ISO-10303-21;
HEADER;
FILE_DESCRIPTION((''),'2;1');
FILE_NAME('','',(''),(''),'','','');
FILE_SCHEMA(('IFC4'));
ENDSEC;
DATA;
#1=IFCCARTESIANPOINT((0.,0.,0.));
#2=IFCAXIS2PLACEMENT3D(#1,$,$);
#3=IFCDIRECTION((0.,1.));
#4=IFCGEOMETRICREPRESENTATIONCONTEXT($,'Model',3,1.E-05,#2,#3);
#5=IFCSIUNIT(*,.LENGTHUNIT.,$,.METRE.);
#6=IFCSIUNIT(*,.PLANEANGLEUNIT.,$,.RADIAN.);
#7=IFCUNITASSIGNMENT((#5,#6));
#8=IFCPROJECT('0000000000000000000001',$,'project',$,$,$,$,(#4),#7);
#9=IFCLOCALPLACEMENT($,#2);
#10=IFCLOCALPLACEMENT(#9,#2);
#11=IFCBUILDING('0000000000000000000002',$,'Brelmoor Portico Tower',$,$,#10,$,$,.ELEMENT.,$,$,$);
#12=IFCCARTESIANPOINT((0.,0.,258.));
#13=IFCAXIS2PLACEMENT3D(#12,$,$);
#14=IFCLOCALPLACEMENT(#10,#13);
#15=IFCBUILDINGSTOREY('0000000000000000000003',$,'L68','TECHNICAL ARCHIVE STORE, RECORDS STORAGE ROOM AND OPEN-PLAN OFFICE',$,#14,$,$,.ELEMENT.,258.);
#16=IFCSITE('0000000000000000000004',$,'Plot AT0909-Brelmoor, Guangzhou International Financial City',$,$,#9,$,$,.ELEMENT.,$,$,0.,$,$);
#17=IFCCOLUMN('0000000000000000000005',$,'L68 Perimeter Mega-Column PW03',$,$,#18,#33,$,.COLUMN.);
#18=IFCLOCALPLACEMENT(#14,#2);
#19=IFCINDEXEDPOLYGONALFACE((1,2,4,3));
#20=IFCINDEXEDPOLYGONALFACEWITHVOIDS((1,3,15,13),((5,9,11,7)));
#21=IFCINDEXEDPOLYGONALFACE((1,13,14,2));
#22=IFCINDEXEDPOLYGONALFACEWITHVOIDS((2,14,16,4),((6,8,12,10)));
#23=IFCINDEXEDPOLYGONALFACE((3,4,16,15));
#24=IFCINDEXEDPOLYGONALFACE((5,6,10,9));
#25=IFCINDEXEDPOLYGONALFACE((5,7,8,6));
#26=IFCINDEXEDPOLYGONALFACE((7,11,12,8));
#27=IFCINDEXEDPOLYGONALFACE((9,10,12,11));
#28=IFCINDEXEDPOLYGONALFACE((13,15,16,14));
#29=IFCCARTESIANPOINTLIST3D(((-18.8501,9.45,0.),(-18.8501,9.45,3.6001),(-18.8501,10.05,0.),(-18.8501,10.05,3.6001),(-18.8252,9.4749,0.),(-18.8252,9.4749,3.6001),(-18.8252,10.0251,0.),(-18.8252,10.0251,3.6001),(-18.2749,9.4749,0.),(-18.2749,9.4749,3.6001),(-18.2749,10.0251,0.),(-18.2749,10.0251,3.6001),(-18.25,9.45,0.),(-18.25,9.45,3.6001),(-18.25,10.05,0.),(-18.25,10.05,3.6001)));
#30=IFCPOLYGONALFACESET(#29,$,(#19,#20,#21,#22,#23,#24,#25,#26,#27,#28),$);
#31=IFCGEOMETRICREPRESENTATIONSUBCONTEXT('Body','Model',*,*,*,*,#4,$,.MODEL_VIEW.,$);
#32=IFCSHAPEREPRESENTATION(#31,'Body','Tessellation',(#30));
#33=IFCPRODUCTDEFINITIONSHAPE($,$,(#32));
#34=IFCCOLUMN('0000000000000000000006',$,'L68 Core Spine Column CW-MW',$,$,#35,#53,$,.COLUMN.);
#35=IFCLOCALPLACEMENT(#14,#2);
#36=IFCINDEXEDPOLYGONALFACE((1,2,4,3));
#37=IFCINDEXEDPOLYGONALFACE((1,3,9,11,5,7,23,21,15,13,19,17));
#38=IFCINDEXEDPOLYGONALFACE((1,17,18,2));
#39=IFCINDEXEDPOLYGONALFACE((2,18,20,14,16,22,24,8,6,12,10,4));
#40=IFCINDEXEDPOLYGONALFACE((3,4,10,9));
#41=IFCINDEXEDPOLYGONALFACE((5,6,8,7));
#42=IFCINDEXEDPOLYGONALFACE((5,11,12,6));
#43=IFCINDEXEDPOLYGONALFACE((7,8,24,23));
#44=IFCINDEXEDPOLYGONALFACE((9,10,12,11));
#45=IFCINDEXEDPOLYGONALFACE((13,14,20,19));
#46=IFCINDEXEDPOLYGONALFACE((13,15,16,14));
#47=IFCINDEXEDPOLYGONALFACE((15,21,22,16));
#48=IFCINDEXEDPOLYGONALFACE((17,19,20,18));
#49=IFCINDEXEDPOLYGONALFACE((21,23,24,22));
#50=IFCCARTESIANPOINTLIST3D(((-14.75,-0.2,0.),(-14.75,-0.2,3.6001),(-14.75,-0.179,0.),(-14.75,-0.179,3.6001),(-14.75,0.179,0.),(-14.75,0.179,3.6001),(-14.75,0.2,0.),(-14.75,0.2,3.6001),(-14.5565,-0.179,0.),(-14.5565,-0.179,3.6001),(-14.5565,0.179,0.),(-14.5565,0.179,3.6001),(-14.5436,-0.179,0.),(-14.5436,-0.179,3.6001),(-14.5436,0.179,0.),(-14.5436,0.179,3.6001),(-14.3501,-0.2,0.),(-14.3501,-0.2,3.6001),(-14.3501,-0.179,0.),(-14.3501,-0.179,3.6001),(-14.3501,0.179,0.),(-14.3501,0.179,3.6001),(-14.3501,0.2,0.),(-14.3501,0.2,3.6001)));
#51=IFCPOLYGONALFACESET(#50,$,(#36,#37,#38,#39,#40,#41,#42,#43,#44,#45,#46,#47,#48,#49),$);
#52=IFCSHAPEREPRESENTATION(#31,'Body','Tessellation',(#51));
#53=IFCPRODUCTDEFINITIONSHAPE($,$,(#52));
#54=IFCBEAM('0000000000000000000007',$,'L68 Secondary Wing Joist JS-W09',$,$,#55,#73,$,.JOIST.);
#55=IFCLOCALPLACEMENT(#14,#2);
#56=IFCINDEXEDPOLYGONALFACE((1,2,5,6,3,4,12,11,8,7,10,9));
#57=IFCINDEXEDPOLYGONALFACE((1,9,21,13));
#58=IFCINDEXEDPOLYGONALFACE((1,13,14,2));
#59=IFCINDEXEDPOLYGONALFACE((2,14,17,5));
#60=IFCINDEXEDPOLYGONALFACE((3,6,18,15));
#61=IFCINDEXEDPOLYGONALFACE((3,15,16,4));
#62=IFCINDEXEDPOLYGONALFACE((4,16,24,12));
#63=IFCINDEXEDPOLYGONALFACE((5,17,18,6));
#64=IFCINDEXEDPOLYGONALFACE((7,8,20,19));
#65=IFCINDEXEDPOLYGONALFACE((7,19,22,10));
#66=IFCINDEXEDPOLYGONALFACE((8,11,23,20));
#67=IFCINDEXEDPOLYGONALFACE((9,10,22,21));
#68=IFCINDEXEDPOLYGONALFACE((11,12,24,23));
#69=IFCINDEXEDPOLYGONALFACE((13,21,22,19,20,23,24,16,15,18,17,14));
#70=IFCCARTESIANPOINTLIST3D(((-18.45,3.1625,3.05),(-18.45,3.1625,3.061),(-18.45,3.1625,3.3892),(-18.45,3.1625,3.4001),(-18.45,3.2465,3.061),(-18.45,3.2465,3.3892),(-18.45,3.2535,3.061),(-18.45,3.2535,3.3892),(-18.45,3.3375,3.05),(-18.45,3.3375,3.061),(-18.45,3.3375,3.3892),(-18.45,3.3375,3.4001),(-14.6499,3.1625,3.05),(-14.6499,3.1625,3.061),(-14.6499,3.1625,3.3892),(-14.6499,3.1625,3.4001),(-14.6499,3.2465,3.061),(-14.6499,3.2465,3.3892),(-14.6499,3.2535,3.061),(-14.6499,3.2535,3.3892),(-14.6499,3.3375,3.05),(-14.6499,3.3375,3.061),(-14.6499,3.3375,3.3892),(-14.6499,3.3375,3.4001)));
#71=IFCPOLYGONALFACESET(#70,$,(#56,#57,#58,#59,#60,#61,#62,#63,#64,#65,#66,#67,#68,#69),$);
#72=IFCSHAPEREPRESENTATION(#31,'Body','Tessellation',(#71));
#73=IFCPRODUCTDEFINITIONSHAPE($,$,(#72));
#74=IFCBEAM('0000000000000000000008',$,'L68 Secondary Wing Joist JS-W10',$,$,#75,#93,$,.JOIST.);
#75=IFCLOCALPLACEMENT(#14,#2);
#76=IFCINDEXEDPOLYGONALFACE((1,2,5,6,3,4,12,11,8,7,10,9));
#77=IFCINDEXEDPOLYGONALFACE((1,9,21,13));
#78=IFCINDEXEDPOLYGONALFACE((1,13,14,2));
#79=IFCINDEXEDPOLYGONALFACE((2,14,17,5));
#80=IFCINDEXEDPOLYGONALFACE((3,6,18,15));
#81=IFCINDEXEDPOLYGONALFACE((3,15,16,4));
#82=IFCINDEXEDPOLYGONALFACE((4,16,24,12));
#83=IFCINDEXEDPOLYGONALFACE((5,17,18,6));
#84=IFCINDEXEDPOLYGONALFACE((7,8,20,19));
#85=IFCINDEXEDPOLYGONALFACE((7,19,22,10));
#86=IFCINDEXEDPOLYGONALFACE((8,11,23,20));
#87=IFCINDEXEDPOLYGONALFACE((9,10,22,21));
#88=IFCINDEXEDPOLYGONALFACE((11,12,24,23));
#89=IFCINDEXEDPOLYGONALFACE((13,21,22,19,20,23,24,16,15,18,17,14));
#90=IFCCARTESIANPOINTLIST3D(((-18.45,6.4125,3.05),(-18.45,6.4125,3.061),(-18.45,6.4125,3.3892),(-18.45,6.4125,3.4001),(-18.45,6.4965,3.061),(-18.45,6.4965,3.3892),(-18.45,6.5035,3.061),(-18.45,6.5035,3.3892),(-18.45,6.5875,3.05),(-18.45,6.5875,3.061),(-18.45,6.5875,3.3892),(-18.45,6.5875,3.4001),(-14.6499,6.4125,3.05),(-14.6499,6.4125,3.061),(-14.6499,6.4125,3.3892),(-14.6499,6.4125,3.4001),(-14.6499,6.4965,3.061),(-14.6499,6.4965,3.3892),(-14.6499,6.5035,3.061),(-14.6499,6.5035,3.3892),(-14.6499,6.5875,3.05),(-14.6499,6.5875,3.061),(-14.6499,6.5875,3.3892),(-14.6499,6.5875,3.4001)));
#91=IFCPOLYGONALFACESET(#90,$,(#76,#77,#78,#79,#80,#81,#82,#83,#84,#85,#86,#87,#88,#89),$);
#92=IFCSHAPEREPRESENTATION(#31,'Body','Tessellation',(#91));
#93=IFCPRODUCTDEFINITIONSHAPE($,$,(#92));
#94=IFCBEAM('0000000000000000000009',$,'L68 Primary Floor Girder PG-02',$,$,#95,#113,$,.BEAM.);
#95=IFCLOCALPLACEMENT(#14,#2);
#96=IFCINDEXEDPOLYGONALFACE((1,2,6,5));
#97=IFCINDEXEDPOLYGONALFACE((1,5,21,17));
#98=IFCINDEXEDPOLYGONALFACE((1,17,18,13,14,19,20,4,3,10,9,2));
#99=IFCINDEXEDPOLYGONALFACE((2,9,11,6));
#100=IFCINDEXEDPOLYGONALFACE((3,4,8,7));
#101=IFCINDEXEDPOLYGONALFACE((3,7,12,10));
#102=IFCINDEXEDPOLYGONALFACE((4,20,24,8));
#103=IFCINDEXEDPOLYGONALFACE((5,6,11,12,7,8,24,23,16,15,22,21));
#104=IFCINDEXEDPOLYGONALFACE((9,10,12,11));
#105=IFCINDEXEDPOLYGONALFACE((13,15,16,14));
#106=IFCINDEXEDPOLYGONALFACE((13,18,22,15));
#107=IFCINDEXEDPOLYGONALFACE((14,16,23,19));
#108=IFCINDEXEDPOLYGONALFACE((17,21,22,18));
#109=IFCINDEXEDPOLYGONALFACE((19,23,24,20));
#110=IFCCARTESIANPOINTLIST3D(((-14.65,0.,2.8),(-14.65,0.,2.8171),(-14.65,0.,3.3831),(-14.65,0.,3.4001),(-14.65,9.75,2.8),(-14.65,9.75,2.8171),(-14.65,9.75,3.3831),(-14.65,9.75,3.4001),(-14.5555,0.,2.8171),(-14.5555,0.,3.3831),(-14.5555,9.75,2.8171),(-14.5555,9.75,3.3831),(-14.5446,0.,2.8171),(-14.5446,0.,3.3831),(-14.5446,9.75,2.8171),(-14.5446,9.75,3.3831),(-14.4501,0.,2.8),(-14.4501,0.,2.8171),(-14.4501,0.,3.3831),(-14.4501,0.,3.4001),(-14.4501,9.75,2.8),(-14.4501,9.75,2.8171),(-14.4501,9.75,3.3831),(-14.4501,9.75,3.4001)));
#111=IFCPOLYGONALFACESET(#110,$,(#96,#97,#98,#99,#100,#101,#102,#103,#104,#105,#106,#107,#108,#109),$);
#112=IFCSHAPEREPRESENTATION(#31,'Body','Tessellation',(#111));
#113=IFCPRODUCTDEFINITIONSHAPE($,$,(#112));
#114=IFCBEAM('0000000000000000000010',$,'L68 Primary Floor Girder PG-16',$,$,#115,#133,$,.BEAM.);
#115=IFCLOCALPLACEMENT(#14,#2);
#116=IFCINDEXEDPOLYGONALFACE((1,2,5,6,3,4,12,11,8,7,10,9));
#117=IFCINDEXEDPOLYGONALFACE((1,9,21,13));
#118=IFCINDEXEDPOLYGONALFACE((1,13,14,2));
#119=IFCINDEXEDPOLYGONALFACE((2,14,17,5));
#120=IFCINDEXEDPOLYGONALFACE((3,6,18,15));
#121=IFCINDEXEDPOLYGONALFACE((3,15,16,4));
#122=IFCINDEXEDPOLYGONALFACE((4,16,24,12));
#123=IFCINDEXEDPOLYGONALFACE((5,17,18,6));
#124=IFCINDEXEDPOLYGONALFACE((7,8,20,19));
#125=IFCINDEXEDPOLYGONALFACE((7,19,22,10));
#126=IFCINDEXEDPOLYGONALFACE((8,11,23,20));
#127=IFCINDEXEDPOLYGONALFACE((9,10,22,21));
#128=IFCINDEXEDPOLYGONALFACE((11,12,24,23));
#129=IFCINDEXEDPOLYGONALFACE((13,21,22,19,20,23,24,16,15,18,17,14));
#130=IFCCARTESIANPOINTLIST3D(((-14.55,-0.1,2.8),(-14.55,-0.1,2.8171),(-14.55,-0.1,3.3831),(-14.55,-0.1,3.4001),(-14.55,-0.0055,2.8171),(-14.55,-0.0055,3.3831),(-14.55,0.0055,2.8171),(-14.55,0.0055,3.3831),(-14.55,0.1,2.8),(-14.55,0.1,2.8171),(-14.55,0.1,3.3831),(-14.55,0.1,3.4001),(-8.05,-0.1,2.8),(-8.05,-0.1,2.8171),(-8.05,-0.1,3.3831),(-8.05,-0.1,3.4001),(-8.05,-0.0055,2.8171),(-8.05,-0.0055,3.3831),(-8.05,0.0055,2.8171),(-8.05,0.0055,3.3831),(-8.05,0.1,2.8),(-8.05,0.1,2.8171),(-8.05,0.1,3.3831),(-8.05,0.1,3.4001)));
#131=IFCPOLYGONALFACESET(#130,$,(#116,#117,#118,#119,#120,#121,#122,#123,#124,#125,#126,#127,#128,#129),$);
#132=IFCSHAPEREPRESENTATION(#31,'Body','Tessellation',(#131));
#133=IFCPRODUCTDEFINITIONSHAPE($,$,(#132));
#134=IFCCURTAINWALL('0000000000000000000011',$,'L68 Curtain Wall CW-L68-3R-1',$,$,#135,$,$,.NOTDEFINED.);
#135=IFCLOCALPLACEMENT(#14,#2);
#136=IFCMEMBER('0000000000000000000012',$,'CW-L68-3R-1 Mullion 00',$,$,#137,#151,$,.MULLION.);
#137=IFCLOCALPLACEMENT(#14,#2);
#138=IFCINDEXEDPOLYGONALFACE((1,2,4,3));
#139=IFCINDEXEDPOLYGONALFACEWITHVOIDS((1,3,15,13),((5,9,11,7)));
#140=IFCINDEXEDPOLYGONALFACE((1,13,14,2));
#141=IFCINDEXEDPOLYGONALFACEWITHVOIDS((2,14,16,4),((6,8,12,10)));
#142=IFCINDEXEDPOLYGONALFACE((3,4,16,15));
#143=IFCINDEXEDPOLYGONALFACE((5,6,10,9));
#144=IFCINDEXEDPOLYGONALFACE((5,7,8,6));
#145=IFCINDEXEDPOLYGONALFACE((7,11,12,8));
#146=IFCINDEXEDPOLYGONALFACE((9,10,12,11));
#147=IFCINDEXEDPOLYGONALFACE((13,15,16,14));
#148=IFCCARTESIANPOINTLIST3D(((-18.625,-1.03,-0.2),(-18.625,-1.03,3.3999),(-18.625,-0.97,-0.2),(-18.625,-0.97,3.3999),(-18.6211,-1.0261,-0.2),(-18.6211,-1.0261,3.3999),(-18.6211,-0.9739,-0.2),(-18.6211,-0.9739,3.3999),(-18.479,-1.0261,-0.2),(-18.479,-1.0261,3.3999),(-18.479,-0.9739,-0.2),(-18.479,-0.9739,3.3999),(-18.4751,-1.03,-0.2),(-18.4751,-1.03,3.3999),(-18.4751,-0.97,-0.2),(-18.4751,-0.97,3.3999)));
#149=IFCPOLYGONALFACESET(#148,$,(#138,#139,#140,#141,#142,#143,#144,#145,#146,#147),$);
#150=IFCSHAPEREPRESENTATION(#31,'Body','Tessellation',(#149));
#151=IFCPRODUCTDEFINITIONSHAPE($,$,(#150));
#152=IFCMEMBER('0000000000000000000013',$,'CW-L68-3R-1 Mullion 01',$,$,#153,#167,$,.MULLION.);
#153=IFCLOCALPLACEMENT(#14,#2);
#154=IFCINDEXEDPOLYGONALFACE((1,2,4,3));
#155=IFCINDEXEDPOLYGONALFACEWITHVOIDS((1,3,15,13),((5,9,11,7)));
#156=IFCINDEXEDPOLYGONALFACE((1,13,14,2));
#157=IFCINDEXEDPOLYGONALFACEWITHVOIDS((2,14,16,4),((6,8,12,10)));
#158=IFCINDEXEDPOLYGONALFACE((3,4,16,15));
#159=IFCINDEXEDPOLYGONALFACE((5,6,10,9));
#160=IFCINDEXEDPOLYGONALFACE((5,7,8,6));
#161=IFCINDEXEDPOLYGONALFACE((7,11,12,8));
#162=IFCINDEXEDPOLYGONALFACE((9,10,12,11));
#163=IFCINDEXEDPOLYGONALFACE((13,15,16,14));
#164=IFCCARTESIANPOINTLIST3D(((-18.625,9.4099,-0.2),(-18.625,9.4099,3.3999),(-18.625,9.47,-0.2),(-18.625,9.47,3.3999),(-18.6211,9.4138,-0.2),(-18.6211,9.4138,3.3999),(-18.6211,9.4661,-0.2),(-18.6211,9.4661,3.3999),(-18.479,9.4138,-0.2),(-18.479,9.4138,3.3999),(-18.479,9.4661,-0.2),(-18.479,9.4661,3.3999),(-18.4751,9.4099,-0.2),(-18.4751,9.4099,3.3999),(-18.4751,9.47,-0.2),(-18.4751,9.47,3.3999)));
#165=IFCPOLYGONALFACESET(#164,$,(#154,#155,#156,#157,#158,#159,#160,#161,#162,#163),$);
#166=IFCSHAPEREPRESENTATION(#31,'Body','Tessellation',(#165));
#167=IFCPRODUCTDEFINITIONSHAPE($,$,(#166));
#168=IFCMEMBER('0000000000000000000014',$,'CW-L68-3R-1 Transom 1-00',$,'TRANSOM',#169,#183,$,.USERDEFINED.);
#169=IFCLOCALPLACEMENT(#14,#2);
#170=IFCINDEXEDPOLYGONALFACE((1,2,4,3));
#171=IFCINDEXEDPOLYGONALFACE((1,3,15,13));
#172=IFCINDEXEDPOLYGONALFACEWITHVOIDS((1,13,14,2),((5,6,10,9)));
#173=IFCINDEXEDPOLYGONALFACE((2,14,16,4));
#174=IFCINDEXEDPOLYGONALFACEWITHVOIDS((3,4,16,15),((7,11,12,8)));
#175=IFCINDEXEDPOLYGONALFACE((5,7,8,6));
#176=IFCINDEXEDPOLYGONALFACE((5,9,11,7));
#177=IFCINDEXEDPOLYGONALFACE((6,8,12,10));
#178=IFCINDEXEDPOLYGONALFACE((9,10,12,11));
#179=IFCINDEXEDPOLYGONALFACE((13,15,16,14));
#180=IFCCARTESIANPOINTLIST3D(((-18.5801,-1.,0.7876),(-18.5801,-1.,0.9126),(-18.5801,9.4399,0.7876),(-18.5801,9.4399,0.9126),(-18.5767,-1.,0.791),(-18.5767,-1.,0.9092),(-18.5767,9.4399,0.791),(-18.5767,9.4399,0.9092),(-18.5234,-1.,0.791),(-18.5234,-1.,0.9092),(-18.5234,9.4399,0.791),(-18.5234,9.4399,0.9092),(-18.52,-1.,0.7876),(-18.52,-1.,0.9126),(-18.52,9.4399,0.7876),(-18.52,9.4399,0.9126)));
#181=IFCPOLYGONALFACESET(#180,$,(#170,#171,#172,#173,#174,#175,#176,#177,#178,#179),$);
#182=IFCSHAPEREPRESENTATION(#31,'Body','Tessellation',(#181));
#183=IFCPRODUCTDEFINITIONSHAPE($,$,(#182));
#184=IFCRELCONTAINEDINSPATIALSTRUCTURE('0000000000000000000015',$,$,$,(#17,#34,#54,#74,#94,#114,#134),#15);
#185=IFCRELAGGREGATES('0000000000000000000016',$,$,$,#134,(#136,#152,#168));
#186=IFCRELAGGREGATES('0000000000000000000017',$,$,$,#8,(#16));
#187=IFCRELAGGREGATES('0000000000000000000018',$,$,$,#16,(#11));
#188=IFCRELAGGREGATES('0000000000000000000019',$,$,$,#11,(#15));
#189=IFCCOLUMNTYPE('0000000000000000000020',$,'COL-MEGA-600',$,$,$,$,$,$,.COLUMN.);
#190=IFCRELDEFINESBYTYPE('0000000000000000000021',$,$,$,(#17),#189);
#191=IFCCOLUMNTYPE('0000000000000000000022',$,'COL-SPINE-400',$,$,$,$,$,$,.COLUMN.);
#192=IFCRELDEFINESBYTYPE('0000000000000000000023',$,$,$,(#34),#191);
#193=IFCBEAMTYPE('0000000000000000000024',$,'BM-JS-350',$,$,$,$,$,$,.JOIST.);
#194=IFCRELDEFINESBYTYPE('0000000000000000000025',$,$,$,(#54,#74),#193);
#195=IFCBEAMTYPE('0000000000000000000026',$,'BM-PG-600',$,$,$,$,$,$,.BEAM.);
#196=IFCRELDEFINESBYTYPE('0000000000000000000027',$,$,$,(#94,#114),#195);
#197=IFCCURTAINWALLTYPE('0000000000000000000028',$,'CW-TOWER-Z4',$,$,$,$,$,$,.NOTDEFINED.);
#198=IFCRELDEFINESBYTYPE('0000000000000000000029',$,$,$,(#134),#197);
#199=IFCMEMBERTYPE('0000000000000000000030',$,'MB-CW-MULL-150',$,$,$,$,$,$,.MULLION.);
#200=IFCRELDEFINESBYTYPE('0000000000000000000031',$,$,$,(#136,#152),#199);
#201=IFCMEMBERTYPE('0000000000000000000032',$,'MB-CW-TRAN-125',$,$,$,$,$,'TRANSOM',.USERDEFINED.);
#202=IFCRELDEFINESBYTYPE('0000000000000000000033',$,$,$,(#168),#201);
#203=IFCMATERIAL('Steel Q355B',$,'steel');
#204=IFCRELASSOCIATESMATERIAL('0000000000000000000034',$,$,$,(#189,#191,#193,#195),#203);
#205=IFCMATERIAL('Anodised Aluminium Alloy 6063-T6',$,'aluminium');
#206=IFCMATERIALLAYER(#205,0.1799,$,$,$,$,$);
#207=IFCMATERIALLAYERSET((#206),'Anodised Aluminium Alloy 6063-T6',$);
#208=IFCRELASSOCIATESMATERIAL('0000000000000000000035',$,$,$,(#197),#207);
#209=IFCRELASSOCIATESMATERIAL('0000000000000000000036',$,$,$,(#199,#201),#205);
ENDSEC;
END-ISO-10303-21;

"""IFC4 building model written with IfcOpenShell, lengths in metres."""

from ifc_helpers import new_model, si_unit, direction, frame, origin, origin_2d, place, context, subcontext, project, spatial, hollow_rectangle, i_section, extrude, material, layer, layer_set, material_profile, profile_set, type_object, element, aggregate, save


model = new_model("IFC4")

# Units and contexts
model_context = context("Model", 3, precision=1e-05, world=origin(), true_north=direction((0.0, 1.0)))
body_context = subcontext(model_context, "Body", "Model", "MODEL_VIEW")
ifc_project = project(units=[si_unit("LENGTHUNIT", "METRE"), si_unit("PLANEANGLEUNIT", "RADIAN")], contexts=[model_context])

# Site, building, storey
site_placement = place(None, origin())
site = spatial("IfcSite", under=ifc_project, at=site_placement, Name="Plot AT0909-Brelmoor, Guangzhou International Financial City", CompositionType="ELEMENT", RefElevation=0.0)
building_placement = place(site_placement, origin())
building = spatial("IfcBuilding", under=site, at=building_placement, Name="Brelmoor Portico Tower", CompositionType="ELEMENT")
storey_placement = place(building_placement, frame((0.0, 0.0, 258.0)))
storey = spatial("IfcBuildingStorey", under=building, at=storey_placement, Name="L68", Description="TECHNICAL ARCHIVE STORE, RECORDS STORAGE ROOM AND OPEN-PLAN OFFICE", CompositionType="ELEMENT", Elevation=258.0)

# Columns
ifc_material_1 = material(Name="Steel Q355B", Category="steel")
ifc_material_profile_1 = material_profile(ifc_material_1, hollow_rectangle(XDim=0.6001, YDim=0.6001, WallThickness=0.0249, at=origin_2d()), Name="BOX 600x600x25")
ifc_profile_set_1 = profile_set([ifc_material_profile_1], Name="Steel Q355B")
column_type_1 = type_object("IfcColumnType", Name="COL-MEGA-600", PredefinedType="COLUMN", material=ifc_profile_set_1)
column_1_placement = place(storey_placement, frame((-18.55, 9.75, 0.0), z_axis=(0.0, 0.0, 1.0), x_axis=(0.0, 1.0, 0.0)))
element("IfcColumn", 1, at=column_1_placement, inside=storey, type_object=column_type_1, Name="L68 Perimeter Mega-Column PW03", PredefinedType="COLUMN", context=body_context, shape_type="SweptSolid", body=[
    extrude(hollow_rectangle(XDim=0.6001, YDim=0.6001, WallThickness=0.0249, at=origin_2d()), origin(), (0.0, 0.0, 1.0), 3.6001),
])
ifc_material_profile_2 = material_profile(ifc_material_1, i_section(OverallWidth=0.3999, OverallDepth=0.3999, WebThickness=0.0129, FlangeThickness=0.021, at=origin_2d()), Name="HW 400x400x13x21")
ifc_profile_set_2 = profile_set([ifc_material_profile_2], Name="Steel Q355B")
column_type_2 = type_object("IfcColumnType", Name="COL-SPINE-400", PredefinedType="COLUMN", material=ifc_profile_set_2)
column_2_placement = place(storey_placement, frame((-14.55, 0.0, 0.0), z_axis=(0.0, 0.0, 1.0), x_axis=(1.0, 0.0, 0.0)))
element("IfcColumn", 2, at=column_2_placement, inside=storey, type_object=column_type_2, Name="L68 Core Spine Column CW-MW", PredefinedType="COLUMN", context=body_context, shape_type="SweptSolid", body=[
    extrude(i_section(OverallWidth=0.3999, OverallDepth=0.3999, WebThickness=0.0129, FlangeThickness=0.021, at=origin_2d()), origin(), (0.0, 0.0, 1.0), 3.6001),
])

# Beams
ifc_material_profile_3 = material_profile(ifc_material_1, i_section(OverallWidth=0.175, OverallDepth=0.3501, WebThickness=0.0071, FlangeThickness=0.011, at=origin_2d()), Name="HN 350x175x7x11")
ifc_profile_set_3 = profile_set([ifc_material_profile_3], Name="Steel Q355B")
beam_type_1 = type_object("IfcBeamType", Name="BM-JS-350", PredefinedType="JOIST", material=ifc_profile_set_3)
for number, where, z_axis, x_axis, name in (
    (3, (-18.45, 3.25, 3.2251), (1.0, 0.0, 0.0), (0.0, 1.0, 0.0), "L68 Secondary Wing Joist JS-W09"),
    (4, (-18.45, 6.5, 3.2251), (1.0, 0.0, 0.0), (0.0, 1.0, 0.0), "L68 Secondary Wing Joist JS-W10"),
):
    element("IfcBeam", number, at=place(storey_placement, frame(where, z_axis=z_axis, x_axis=x_axis)), inside=storey, type_object=beam_type_1, Name=name, PredefinedType="JOIST", context=body_context, shape_type="SweptSolid", body=[
        extrude(i_section(OverallWidth=0.175, OverallDepth=0.3501, WebThickness=0.0071, FlangeThickness=0.011, at=origin_2d()), origin(), (0.0, 0.0, 1.0), 3.8),
    ])
ifc_material_profile_4 = material_profile(ifc_material_1, i_section(OverallWidth=0.2, OverallDepth=0.6001, WebThickness=0.011, FlangeThickness=0.0171, at=origin_2d()), Name="HN 600x200x11x17")
ifc_profile_set_4 = profile_set([ifc_material_profile_4], Name="Steel Q355B")
beam_type_2 = type_object("IfcBeamType", Name="BM-PG-600", PredefinedType="BEAM", material=ifc_profile_set_4)
beam_1_placement = place(storey_placement, frame((-14.55, 0.0, 3.1001), z_axis=(0.0, 1.0, 0.0), x_axis=(-1.0, 0.0, 0.0)))
element("IfcBeam", 5, at=beam_1_placement, inside=storey, type_object=beam_type_2, Name="L68 Primary Floor Girder PG-02", PredefinedType="BEAM", context=body_context, shape_type="SweptSolid", body=[
    extrude(i_section(OverallWidth=0.2, OverallDepth=0.6001, WebThickness=0.011, FlangeThickness=0.0171, at=origin_2d()), origin(), (0.0, 0.0, 1.0), 9.75),
])
beam_2_placement = place(storey_placement, frame((-14.55, 0.0, 3.1001), z_axis=(1.0, 0.0, 0.0), x_axis=(0.0, 1.0, 0.0)))
element("IfcBeam", 6, at=beam_2_placement, inside=storey, type_object=beam_type_2, Name="L68 Primary Floor Girder PG-16", PredefinedType="BEAM", context=body_context, shape_type="SweptSolid", body=[
    extrude(i_section(OverallWidth=0.2, OverallDepth=0.6001, WebThickness=0.011, FlangeThickness=0.0171, at=origin_2d()), origin(), (0.0, 0.0, 1.0), 6.5),
])

# Curtain wall, members
ifc_material_2 = material(Name="Anodised Aluminium Alloy 6063-T6", Category="aluminium")
ifc_layer_1 = layer(ifc_material_2, 0.1799)
ifc_layer_set_1 = layer_set([ifc_layer_1], Name="Anodised Aluminium Alloy 6063-T6")
curtain_wall_type = type_object("IfcCurtainWallType", Name="CW-TOWER-Z4", PredefinedType="NOTDEFINED", material=ifc_layer_set_1)
curtain_wall_placement = place(storey_placement, origin())
curtain_wall = element("IfcCurtainWall", 7, at=curtain_wall_placement, inside=storey, type_object=curtain_wall_type, Name="L68 Curtain Wall CW-L68-3R-1", PredefinedType="NOTDEFINED")
ifc_material_profile_5 = material_profile(ifc_material_2, hollow_rectangle(XDim=0.0601, YDim=0.1499, WallThickness=0.0039, at=origin_2d()), Name="ALU MULLION 60x150")
ifc_profile_set_5 = profile_set([ifc_material_profile_5], Name="Anodised Aluminium Alloy 6063-T6")
member_type_1 = type_object("IfcMemberType", Name="MB-CW-MULL-150", PredefinedType="MULLION", material=ifc_profile_set_5)
member_1_placement = place(storey_placement, frame((-18.55, -1.0, -0.2), z_axis=(0.0, 0.0, 1.0), x_axis=(0.0, 1.0, 0.0)))
member_1 = element("IfcMember", 8, at=member_1_placement, type_object=member_type_1, Name="CW-L68-3R-1 Mullion 00", PredefinedType="MULLION", context=body_context, shape_type="SweptSolid", body=[
    extrude(hollow_rectangle(XDim=0.0601, YDim=0.1499, WallThickness=0.0039, at=origin_2d()), origin(), (0.0, 0.0, 1.0), 3.5999),
])
member_2_placement = place(storey_placement, frame((-18.55, 9.4399, -0.2), z_axis=(0.0, 0.0, 1.0), x_axis=(0.0, 1.0, 0.0)))
member_2 = element("IfcMember", 9, at=member_2_placement, type_object=member_type_1, Name="CW-L68-3R-1 Mullion 01", PredefinedType="MULLION", context=body_context, shape_type="SweptSolid", body=[
    extrude(hollow_rectangle(XDim=0.0601, YDim=0.1499, WallThickness=0.0039, at=origin_2d()), origin(), (0.0, 0.0, 1.0), 3.5999),
])
ifc_material_profile_6 = material_profile(ifc_material_2, hollow_rectangle(XDim=0.0601, YDim=0.125, WallThickness=0.0034, at=origin_2d()), Name="ALU TRANSOM 60x125")
ifc_profile_set_6 = profile_set([ifc_material_profile_6], Name="Anodised Aluminium Alloy 6063-T6")
member_type_2 = type_object("IfcMemberType", Name="MB-CW-TRAN-125", ElementType="TRANSOM", PredefinedType="USERDEFINED", material=ifc_profile_set_6)
member_3_placement = place(storey_placement, frame((-18.55, -1.0, 0.8501), z_axis=(0.0, 1.0, 0.0), x_axis=(-1.0, 0.0, 0.0)))
member_3 = element("IfcMember", 10, at=member_3_placement, type_object=member_type_2, Name="CW-L68-3R-1 Transom 1-00", ObjectType="TRANSOM", PredefinedType="USERDEFINED", context=body_context, shape_type="SweptSolid", body=[
    extrude(hollow_rectangle(XDim=0.0601, YDim=0.125, WallThickness=0.0034, at=origin_2d()), origin(), (0.0, 0.0, 1.0), 10.4399),
])

aggregate(curtain_wall, [member_1, member_2, member_3])

save(model, "model.ifc")
